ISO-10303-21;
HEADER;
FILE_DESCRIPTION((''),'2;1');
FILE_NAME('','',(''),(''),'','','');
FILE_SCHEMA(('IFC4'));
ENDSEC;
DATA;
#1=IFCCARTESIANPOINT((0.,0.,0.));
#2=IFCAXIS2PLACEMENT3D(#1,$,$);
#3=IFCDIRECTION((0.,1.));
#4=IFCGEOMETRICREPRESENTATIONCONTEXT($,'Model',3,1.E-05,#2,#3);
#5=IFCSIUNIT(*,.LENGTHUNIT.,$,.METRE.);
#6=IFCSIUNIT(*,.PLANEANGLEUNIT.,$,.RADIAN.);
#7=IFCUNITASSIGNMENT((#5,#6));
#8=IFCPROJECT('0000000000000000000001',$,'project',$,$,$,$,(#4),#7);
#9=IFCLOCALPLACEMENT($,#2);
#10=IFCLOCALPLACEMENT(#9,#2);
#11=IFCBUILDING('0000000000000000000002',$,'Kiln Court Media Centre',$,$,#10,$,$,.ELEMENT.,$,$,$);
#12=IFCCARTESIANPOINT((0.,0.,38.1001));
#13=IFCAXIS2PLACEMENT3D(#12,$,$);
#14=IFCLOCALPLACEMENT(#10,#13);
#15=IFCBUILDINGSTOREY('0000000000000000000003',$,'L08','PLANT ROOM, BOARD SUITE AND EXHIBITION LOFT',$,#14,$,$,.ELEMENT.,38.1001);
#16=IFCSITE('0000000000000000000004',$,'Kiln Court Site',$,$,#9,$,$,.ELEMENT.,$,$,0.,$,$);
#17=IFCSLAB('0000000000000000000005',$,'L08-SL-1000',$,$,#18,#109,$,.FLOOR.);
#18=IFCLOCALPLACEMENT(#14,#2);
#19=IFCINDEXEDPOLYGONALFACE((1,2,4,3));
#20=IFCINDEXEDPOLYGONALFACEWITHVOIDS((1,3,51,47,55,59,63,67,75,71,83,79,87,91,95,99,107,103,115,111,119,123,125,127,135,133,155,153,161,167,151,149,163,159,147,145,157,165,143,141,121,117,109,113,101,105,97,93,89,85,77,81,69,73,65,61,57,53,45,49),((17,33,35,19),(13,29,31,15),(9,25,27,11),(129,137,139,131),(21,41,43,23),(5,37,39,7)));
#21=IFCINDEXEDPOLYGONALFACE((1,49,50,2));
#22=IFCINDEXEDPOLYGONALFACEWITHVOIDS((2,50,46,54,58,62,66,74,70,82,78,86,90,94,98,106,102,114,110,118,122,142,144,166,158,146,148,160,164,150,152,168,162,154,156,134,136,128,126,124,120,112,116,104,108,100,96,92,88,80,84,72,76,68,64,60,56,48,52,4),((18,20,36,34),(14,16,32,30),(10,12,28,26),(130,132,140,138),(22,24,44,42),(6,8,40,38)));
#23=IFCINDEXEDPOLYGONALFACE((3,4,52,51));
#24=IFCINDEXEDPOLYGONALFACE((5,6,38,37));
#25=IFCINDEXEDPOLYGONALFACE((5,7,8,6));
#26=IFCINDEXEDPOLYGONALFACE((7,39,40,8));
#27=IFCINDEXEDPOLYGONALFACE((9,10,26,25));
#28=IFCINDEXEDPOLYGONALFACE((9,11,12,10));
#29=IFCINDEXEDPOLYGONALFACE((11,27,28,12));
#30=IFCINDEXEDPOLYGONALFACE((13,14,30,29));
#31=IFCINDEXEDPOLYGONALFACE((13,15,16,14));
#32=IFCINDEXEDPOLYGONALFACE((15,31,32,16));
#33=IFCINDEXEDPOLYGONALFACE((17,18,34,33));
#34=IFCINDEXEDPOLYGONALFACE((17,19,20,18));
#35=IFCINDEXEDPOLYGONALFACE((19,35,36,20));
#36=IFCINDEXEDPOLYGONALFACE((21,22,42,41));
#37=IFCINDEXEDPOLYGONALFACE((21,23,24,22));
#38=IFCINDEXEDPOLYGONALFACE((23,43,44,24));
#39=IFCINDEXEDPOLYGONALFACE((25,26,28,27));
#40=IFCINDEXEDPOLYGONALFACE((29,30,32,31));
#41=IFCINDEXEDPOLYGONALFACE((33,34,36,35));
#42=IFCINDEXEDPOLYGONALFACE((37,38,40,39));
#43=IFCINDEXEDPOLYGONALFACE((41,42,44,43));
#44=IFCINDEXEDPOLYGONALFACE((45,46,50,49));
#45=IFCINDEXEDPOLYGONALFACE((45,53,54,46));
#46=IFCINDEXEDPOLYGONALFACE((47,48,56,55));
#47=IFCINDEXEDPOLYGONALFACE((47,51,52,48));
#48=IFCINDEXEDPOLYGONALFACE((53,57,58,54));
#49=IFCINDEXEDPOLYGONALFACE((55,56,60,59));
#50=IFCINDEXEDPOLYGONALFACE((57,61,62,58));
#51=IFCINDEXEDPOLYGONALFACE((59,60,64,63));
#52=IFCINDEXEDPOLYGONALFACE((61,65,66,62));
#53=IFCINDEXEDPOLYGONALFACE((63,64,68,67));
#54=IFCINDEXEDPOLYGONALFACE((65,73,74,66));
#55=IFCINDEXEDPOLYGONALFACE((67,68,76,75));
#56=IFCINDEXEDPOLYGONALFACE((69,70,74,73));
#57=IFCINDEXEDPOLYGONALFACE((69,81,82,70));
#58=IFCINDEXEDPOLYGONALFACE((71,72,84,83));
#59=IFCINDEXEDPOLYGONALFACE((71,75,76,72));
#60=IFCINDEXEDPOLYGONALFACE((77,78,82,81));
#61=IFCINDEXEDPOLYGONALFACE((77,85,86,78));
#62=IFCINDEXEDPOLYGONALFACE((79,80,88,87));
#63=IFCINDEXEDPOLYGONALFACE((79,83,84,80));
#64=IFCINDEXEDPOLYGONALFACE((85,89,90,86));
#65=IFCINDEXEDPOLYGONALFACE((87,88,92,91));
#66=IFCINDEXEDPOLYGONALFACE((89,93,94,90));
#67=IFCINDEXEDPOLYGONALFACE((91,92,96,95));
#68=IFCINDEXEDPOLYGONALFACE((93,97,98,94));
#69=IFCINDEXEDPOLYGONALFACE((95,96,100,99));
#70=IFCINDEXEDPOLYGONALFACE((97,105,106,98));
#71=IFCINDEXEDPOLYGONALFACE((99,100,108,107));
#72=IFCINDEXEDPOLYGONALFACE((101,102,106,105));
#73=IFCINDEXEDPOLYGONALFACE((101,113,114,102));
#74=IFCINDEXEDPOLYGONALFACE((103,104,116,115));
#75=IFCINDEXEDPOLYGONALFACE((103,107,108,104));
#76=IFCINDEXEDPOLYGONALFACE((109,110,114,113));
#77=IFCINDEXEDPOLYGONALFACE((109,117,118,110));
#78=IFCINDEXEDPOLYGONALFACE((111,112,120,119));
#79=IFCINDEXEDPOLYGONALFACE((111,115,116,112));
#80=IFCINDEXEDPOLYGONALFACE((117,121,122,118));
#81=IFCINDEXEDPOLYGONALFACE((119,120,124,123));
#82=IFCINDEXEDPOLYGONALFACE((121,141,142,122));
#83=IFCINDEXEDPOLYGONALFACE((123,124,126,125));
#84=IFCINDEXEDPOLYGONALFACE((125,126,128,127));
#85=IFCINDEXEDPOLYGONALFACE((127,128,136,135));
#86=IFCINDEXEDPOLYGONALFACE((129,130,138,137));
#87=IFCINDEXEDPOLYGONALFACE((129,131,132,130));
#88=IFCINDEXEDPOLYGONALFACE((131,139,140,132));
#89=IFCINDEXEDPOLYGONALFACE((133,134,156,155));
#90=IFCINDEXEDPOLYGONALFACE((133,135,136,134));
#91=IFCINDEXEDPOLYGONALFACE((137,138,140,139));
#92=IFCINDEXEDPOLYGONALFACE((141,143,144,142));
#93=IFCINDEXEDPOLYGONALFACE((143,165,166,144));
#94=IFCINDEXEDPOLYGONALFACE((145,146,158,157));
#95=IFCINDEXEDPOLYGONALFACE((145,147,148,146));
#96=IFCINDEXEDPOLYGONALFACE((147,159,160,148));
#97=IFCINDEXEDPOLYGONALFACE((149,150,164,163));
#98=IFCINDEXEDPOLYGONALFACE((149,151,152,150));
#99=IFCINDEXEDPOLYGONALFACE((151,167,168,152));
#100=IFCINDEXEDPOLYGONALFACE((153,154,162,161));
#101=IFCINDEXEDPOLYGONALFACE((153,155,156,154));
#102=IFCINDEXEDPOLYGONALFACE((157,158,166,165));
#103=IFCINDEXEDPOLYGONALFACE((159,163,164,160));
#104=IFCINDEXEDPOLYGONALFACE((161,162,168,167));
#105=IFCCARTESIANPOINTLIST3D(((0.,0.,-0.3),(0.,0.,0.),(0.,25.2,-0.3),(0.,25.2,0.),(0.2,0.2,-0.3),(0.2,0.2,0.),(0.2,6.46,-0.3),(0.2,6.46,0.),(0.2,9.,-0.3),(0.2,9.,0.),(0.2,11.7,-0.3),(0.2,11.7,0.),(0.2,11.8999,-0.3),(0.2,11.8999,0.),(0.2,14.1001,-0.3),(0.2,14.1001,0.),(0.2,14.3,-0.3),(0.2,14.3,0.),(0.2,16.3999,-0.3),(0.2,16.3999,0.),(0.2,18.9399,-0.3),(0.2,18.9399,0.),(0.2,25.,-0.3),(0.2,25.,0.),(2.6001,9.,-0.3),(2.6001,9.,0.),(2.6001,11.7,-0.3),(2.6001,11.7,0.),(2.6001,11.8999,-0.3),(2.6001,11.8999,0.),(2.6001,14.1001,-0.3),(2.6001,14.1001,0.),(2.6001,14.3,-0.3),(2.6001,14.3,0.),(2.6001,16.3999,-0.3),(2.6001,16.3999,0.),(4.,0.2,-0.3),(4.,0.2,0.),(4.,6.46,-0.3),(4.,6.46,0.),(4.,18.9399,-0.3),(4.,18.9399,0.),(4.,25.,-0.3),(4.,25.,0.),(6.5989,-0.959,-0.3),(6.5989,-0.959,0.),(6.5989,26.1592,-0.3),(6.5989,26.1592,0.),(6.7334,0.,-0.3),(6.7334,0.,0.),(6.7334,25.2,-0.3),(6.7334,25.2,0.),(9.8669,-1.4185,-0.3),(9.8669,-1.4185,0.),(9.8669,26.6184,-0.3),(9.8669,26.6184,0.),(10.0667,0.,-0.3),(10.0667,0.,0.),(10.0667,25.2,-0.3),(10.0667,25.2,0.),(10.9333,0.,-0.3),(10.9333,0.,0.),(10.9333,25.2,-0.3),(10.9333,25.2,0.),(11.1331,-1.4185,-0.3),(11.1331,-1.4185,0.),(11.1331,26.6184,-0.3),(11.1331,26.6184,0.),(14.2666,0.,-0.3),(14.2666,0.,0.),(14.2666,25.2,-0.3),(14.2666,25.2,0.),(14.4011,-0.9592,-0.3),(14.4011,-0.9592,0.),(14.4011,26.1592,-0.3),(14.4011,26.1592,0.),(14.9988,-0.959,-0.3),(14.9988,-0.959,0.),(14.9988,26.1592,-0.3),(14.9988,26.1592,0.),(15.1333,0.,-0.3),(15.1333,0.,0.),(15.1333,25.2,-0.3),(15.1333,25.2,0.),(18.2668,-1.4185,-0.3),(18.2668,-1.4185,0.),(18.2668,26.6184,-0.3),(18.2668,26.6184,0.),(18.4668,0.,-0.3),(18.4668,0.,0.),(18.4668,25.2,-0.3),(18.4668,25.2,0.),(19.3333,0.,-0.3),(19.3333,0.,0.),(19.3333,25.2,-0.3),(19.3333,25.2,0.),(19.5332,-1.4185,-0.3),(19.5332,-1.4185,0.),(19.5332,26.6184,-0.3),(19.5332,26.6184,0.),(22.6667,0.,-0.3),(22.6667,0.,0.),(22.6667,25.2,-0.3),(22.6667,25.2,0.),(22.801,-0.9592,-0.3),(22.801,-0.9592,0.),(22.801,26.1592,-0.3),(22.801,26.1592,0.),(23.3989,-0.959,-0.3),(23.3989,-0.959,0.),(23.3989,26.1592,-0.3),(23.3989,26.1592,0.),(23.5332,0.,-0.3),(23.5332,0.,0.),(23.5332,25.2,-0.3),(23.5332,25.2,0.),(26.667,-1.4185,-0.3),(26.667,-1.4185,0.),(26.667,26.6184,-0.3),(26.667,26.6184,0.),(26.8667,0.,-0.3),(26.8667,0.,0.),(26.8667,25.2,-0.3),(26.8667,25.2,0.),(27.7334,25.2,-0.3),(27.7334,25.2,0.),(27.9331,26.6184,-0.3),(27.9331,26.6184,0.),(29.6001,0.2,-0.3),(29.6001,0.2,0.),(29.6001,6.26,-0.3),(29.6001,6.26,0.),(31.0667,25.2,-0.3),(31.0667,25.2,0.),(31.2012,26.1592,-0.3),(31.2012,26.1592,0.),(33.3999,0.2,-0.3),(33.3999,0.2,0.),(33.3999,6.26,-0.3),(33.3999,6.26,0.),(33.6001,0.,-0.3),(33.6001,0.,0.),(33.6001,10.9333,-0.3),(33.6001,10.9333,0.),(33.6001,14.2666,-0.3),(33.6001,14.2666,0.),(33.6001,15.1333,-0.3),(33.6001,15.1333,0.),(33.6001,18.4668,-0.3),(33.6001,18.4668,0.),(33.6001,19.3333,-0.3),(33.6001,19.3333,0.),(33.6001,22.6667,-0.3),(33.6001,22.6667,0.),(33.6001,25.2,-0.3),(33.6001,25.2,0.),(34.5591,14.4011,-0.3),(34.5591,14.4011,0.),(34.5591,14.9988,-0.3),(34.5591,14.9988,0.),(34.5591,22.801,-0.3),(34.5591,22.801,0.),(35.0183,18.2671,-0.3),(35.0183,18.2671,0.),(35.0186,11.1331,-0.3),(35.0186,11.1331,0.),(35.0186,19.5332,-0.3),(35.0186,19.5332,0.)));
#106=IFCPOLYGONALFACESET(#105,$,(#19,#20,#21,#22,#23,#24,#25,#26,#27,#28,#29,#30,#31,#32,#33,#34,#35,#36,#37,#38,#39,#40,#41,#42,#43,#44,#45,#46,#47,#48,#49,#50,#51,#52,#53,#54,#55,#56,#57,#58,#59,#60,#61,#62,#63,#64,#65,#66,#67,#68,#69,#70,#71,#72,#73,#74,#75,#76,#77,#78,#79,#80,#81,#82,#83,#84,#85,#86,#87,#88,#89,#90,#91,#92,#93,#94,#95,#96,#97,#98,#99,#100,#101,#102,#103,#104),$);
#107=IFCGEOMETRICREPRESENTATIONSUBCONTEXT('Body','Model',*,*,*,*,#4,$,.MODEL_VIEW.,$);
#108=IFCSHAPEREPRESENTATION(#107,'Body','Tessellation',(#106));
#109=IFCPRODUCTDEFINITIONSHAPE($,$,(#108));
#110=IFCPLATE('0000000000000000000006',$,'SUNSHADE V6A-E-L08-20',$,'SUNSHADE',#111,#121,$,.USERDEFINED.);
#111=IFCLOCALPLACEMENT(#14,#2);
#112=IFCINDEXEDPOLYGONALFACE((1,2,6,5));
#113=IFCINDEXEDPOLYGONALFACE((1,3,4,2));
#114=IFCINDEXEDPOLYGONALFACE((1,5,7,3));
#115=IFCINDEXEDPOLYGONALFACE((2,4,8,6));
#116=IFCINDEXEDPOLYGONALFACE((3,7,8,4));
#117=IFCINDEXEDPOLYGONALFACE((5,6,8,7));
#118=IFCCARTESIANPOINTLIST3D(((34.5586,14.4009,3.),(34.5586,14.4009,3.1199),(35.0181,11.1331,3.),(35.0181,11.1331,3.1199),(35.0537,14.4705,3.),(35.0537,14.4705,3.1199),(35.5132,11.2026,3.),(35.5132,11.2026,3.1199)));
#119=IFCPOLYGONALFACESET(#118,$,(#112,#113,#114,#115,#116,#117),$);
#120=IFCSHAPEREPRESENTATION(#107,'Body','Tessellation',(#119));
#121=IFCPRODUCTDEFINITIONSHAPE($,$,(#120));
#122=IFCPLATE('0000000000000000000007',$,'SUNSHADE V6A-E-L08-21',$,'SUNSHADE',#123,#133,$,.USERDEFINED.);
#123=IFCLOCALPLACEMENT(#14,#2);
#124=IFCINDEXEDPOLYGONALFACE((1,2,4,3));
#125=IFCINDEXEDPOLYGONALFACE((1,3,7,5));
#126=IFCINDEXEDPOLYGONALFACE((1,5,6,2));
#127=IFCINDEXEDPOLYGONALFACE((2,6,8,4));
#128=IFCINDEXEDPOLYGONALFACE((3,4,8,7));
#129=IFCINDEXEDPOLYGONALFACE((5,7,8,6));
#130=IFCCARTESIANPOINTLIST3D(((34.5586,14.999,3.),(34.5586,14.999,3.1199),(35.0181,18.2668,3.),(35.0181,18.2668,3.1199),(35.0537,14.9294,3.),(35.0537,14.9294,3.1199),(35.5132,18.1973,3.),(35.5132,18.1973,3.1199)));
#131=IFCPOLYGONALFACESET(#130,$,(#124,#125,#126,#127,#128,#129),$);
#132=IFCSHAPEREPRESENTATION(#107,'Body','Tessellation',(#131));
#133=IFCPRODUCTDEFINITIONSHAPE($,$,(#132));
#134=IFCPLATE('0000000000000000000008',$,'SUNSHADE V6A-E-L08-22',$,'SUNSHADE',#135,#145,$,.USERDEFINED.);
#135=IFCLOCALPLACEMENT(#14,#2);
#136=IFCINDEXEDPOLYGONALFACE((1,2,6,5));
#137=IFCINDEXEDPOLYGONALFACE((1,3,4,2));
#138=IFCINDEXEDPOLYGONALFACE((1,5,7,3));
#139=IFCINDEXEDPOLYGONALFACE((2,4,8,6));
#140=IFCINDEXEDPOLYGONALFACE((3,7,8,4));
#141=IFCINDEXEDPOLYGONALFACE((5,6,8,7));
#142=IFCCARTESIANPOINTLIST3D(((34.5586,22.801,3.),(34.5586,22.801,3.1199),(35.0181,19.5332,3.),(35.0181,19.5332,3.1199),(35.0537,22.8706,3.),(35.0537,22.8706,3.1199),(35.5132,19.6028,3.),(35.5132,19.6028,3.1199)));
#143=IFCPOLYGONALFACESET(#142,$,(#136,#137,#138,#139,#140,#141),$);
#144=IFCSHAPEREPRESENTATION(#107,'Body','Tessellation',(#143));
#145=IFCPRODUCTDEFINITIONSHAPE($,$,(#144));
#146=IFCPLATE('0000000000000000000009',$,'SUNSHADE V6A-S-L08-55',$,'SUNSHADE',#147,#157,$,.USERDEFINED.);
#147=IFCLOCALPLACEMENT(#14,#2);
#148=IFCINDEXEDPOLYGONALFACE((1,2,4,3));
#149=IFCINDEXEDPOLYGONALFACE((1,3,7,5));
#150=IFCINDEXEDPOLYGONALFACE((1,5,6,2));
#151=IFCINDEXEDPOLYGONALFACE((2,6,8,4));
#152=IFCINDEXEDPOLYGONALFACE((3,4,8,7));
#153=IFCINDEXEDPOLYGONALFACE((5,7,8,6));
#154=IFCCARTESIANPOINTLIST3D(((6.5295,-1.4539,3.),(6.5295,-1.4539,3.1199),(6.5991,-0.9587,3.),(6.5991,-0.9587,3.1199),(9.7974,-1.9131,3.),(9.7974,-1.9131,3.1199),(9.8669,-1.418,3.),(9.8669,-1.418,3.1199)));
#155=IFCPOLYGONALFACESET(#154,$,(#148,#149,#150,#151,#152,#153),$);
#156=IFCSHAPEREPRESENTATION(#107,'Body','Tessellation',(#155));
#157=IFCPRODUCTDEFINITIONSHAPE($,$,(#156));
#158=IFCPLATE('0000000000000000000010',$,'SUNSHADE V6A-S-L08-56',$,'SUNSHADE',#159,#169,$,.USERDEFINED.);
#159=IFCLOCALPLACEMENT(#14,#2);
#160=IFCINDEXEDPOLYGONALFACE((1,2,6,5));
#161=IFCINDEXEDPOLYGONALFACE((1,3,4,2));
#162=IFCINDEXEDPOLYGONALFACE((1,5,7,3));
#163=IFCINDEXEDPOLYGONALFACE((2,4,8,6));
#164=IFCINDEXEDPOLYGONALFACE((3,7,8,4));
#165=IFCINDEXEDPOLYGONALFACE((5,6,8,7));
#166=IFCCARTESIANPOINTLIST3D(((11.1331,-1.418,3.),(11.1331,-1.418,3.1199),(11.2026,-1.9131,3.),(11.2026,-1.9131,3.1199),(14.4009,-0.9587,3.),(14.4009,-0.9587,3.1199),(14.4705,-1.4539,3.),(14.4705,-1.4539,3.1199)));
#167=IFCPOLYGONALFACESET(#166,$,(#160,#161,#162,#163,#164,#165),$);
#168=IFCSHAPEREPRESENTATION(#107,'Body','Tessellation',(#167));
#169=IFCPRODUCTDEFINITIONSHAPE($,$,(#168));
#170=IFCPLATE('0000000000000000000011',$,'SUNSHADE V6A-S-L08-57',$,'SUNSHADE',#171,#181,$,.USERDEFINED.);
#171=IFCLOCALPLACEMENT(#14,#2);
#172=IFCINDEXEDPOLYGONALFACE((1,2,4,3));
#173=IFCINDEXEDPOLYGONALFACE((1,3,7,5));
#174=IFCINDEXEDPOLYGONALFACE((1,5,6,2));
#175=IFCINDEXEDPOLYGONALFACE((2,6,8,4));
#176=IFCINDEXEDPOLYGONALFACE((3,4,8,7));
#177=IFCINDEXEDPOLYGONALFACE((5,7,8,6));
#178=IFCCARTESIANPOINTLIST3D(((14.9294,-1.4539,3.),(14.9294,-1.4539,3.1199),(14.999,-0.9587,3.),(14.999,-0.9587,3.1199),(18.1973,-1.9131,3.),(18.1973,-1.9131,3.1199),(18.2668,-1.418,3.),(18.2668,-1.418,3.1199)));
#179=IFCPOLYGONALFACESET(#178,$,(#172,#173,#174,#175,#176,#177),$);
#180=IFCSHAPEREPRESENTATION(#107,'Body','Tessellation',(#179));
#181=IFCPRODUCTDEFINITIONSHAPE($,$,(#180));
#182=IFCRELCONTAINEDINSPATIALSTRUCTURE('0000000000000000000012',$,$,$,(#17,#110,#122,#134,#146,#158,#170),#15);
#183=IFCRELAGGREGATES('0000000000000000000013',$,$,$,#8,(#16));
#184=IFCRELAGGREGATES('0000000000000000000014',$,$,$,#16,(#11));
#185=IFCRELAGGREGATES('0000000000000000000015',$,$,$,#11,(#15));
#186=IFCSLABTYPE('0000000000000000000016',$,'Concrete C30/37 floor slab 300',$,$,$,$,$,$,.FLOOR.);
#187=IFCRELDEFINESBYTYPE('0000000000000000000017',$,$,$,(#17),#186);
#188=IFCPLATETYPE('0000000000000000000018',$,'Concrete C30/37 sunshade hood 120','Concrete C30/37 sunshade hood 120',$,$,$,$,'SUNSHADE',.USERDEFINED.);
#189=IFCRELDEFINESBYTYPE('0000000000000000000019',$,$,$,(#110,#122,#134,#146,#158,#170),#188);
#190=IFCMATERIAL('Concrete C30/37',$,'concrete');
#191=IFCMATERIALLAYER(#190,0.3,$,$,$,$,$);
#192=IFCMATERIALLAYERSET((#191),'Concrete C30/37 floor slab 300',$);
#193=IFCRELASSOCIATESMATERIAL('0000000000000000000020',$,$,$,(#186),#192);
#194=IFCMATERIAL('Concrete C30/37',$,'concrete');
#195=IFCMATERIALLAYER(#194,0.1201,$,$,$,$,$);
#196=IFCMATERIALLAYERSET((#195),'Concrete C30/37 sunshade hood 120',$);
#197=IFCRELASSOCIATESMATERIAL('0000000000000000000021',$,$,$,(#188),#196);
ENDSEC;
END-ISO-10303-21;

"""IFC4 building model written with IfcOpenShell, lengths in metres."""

from ifc_helpers import new_model, si_unit, direction, frame, origin, place, context, subcontext, project, spatial, polyline, outline, extrude, material, layer, layer_set, type_object, element, save


model = new_model("IFC4")

# Units and contexts
model_context = context("Model", 3, precision=1e-05, world=origin(), true_north=direction((0.0, 1.0)))
body_context = subcontext(model_context, "Body", "Model", "MODEL_VIEW")
ifc_project = project(units=[si_unit("LENGTHUNIT", "METRE"), si_unit("PLANEANGLEUNIT", "RADIAN")], contexts=[model_context])

# Site, building, storey
site_placement = place(None, origin())
site = spatial("IfcSite", under=ifc_project, at=site_placement, Name="Kiln Court Site", CompositionType="ELEMENT", RefElevation=0.0)
building_placement = place(site_placement, origin())
building = spatial("IfcBuilding", under=site, at=building_placement, Name="Kiln Court Media Centre", CompositionType="ELEMENT")
storey_placement = place(building_placement, frame((0.0, 0.0, 38.1001)))
storey = spatial("IfcBuildingStorey", under=building, at=storey_placement, Name="L08", Description="PLANT ROOM, BOARD SUITE AND EXHIBITION LOFT", CompositionType="ELEMENT", Elevation=38.1001)

# Slab
ifc_material_1 = material(Name="Concrete C30/37", Category="concrete")
ifc_layer_1 = layer(ifc_material_1, 0.3)
ifc_layer_set_1 = layer_set([ifc_layer_1], Name="Concrete C30/37 floor slab 300")
slab_type = type_object("IfcSlabType", Name="Concrete C30/37 floor slab 300", PredefinedType="FLOOR", material=ifc_layer_set_1)
slab_placement = place(storey_placement, frame((0.0, 0.0, -0.3)))
element("IfcSlab", 1, at=slab_placement, inside=storey, type_object=slab_type, Name="L08-SL-1000", PredefinedType="FLOOR", context=body_context, shape_type="SweptSolid", body=[
    extrude(outline(polyline([(9.8669, -1.4185), (6.5989, -0.959), (6.7334, 0.0), (0.0, 0.0), (0.0, 25.2), (6.7334, 25.2), (6.5989, 26.1592), (9.8669, 26.6184), (10.0667, 25.2), (10.9333, 25.2), (11.1331, 26.6184), (14.4011, 26.1592), (14.2666, 25.2), (15.1333, 25.2), (14.9988, 26.1592), (18.2668, 26.6184), (18.4668, 25.2), (19.3333, 25.2), (19.5332, 26.6184), (22.801, 26.1592), (22.6667, 25.2), (23.5332, 25.2), (23.3989, 26.1592), (26.667, 26.6184), (26.8667, 25.2), (27.7334, 25.2), (27.9331, 26.6184), (31.2012, 26.1592), (31.0667, 25.2), (33.6001, 25.2), (33.6001, 22.6667), (34.5591, 22.801), (35.0186, 19.5332), (33.6001, 19.3333), (33.6001, 18.4668), (35.0183, 18.2671), (34.5591, 14.9988), (33.6001, 15.1333), (33.6001, 14.2666), (34.5591, 14.4011), (35.0186, 11.1331), (33.6001, 10.9333), (33.6001, 0.0), (26.8667, 0.0), (26.667, -1.4185), (23.3989, -0.959), (23.5332, 0.0), (22.6667, 0.0), (22.801, -0.9592), (19.5332, -1.4185), (19.3333, 0.0), (18.4668, 0.0), (18.2668, -1.4185), (14.9988, -0.959), (15.1333, 0.0), (14.2666, 0.0), (14.4011, -0.9592), (11.1331, -1.4185), (10.9333, 0.0), (10.0667, 0.0), (9.8669, -1.4185)]), holes=[polyline([(0.2, 0.2), (4.0, 0.2), (4.0, 6.46), (0.2, 6.46), (0.2, 0.2)]), polyline([(29.6001, 0.2), (33.3999, 0.2), (33.3999, 6.26), (29.6001, 6.26), (29.6001, 0.2)]), polyline([(0.2, 9.0), (2.6001, 9.0), (2.6001, 11.7), (0.2, 11.7), (0.2, 9.0)]), polyline([(0.2, 11.8999), (2.6001, 11.8999), (2.6001, 14.1001), (0.2, 14.1001), (0.2, 11.8999)]), polyline([(0.2, 14.3), (2.6001, 14.3), (2.6001, 16.3999), (0.2, 16.3999), (0.2, 14.3)]), polyline([(0.2, 18.9399), (4.0, 18.9399), (4.0, 25.0), (0.2, 25.0), (0.2, 18.9399)])]), origin(), (0.0, 0.0, 1.0), 0.3),
])

# Plates
ifc_material_2 = material(Name="Concrete C30/37", Category="concrete")
ifc_layer_2 = layer(ifc_material_2, 0.1201)
ifc_layer_set_2 = layer_set([ifc_layer_2], Name="Concrete C30/37 sunshade hood 120")
plate_type_1 = type_object("IfcPlateType", Name="Concrete C30/37 sunshade hood 120", Description="Concrete C30/37 sunshade hood 120", ElementType="SUNSHADE", PredefinedType="USERDEFINED", material=ifc_layer_set_2)
plate_1_placement = place(storey_placement, frame((0.0, 0.0, 3.0)))
element("IfcPlate", 2, at=plate_1_placement, inside=storey, type_object=plate_type_1, Name="SUNSHADE V6A-E-L08-20", ObjectType="SUNSHADE", PredefinedType="USERDEFINED", context=body_context, shape_type="SweptSolid", body=[
    extrude(outline(polyline([(35.0181, 11.1331), (34.5586, 14.4009), (35.0537, 14.4705), (35.5132, 11.2026), (35.0181, 11.1331)])), origin(), (0.0, 0.0, 1.0), 0.1199),
])
plate_2_placement = place(storey_placement, frame((0.0, 0.0, 3.0)))
element("IfcPlate", 3, at=plate_2_placement, inside=storey, type_object=plate_type_1, Name="SUNSHADE V6A-E-L08-21", ObjectType="SUNSHADE", PredefinedType="USERDEFINED", context=body_context, shape_type="SweptSolid", body=[
    extrude(outline(polyline([(34.5586, 14.999), (35.0181, 18.2668), (35.5132, 18.1973), (35.0537, 14.9294), (34.5586, 14.999)])), origin(), (0.0, 0.0, 1.0), 0.1199),
])
plate_3_placement = place(storey_placement, frame((0.0, 0.0, 3.0)))
element("IfcPlate", 4, at=plate_3_placement, inside=storey, type_object=plate_type_1, Name="SUNSHADE V6A-E-L08-22", ObjectType="SUNSHADE", PredefinedType="USERDEFINED", context=body_context, shape_type="SweptSolid", body=[
    extrude(outline(polyline([(35.0181, 19.5332), (34.5586, 22.801), (35.0537, 22.8706), (35.5132, 19.6028), (35.0181, 19.5332)])), origin(), (0.0, 0.0, 1.0), 0.1199),
])
plate_4_placement = place(storey_placement, frame((0.0, 0.0, 3.0)))
element("IfcPlate", 5, at=plate_4_placement, inside=storey, type_object=plate_type_1, Name="SUNSHADE V6A-S-L08-55", ObjectType="SUNSHADE", PredefinedType="USERDEFINED", context=body_context, shape_type="SweptSolid", body=[
    extrude(outline(polyline([(6.5991, -0.9587), (9.8669, -1.418), (9.7974, -1.9131), (6.5295, -1.4539), (6.5991, -0.9587)])), origin(), (0.0, 0.0, 1.0), 0.1199),
])
plate_5_placement = place(storey_placement, frame((0.0, 0.0, 3.0)))
element("IfcPlate", 6, at=plate_5_placement, inside=storey, type_object=plate_type_1, Name="SUNSHADE V6A-S-L08-56", ObjectType="SUNSHADE", PredefinedType="USERDEFINED", context=body_context, shape_type="SweptSolid", body=[
    extrude(outline(polyline([(11.1331, -1.418), (14.4009, -0.9587), (14.4705, -1.4539), (11.2026, -1.9131), (11.1331, -1.418)])), origin(), (0.0, 0.0, 1.0), 0.1199),
])
plate_6_placement = place(storey_placement, frame((0.0, 0.0, 3.0)))
element("IfcPlate", 7, at=plate_6_placement, inside=storey, type_object=plate_type_1, Name="SUNSHADE V6A-S-L08-57", ObjectType="SUNSHADE", PredefinedType="USERDEFINED", context=body_context, shape_type="SweptSolid", body=[
    extrude(outline(polyline([(14.999, -0.9587), (18.2668, -1.418), (18.1973, -1.9131), (14.9294, -1.4539), (14.999, -0.9587)])), origin(), (0.0, 0.0, 1.0), 0.1199),
])

save(model, "model.ifc")
